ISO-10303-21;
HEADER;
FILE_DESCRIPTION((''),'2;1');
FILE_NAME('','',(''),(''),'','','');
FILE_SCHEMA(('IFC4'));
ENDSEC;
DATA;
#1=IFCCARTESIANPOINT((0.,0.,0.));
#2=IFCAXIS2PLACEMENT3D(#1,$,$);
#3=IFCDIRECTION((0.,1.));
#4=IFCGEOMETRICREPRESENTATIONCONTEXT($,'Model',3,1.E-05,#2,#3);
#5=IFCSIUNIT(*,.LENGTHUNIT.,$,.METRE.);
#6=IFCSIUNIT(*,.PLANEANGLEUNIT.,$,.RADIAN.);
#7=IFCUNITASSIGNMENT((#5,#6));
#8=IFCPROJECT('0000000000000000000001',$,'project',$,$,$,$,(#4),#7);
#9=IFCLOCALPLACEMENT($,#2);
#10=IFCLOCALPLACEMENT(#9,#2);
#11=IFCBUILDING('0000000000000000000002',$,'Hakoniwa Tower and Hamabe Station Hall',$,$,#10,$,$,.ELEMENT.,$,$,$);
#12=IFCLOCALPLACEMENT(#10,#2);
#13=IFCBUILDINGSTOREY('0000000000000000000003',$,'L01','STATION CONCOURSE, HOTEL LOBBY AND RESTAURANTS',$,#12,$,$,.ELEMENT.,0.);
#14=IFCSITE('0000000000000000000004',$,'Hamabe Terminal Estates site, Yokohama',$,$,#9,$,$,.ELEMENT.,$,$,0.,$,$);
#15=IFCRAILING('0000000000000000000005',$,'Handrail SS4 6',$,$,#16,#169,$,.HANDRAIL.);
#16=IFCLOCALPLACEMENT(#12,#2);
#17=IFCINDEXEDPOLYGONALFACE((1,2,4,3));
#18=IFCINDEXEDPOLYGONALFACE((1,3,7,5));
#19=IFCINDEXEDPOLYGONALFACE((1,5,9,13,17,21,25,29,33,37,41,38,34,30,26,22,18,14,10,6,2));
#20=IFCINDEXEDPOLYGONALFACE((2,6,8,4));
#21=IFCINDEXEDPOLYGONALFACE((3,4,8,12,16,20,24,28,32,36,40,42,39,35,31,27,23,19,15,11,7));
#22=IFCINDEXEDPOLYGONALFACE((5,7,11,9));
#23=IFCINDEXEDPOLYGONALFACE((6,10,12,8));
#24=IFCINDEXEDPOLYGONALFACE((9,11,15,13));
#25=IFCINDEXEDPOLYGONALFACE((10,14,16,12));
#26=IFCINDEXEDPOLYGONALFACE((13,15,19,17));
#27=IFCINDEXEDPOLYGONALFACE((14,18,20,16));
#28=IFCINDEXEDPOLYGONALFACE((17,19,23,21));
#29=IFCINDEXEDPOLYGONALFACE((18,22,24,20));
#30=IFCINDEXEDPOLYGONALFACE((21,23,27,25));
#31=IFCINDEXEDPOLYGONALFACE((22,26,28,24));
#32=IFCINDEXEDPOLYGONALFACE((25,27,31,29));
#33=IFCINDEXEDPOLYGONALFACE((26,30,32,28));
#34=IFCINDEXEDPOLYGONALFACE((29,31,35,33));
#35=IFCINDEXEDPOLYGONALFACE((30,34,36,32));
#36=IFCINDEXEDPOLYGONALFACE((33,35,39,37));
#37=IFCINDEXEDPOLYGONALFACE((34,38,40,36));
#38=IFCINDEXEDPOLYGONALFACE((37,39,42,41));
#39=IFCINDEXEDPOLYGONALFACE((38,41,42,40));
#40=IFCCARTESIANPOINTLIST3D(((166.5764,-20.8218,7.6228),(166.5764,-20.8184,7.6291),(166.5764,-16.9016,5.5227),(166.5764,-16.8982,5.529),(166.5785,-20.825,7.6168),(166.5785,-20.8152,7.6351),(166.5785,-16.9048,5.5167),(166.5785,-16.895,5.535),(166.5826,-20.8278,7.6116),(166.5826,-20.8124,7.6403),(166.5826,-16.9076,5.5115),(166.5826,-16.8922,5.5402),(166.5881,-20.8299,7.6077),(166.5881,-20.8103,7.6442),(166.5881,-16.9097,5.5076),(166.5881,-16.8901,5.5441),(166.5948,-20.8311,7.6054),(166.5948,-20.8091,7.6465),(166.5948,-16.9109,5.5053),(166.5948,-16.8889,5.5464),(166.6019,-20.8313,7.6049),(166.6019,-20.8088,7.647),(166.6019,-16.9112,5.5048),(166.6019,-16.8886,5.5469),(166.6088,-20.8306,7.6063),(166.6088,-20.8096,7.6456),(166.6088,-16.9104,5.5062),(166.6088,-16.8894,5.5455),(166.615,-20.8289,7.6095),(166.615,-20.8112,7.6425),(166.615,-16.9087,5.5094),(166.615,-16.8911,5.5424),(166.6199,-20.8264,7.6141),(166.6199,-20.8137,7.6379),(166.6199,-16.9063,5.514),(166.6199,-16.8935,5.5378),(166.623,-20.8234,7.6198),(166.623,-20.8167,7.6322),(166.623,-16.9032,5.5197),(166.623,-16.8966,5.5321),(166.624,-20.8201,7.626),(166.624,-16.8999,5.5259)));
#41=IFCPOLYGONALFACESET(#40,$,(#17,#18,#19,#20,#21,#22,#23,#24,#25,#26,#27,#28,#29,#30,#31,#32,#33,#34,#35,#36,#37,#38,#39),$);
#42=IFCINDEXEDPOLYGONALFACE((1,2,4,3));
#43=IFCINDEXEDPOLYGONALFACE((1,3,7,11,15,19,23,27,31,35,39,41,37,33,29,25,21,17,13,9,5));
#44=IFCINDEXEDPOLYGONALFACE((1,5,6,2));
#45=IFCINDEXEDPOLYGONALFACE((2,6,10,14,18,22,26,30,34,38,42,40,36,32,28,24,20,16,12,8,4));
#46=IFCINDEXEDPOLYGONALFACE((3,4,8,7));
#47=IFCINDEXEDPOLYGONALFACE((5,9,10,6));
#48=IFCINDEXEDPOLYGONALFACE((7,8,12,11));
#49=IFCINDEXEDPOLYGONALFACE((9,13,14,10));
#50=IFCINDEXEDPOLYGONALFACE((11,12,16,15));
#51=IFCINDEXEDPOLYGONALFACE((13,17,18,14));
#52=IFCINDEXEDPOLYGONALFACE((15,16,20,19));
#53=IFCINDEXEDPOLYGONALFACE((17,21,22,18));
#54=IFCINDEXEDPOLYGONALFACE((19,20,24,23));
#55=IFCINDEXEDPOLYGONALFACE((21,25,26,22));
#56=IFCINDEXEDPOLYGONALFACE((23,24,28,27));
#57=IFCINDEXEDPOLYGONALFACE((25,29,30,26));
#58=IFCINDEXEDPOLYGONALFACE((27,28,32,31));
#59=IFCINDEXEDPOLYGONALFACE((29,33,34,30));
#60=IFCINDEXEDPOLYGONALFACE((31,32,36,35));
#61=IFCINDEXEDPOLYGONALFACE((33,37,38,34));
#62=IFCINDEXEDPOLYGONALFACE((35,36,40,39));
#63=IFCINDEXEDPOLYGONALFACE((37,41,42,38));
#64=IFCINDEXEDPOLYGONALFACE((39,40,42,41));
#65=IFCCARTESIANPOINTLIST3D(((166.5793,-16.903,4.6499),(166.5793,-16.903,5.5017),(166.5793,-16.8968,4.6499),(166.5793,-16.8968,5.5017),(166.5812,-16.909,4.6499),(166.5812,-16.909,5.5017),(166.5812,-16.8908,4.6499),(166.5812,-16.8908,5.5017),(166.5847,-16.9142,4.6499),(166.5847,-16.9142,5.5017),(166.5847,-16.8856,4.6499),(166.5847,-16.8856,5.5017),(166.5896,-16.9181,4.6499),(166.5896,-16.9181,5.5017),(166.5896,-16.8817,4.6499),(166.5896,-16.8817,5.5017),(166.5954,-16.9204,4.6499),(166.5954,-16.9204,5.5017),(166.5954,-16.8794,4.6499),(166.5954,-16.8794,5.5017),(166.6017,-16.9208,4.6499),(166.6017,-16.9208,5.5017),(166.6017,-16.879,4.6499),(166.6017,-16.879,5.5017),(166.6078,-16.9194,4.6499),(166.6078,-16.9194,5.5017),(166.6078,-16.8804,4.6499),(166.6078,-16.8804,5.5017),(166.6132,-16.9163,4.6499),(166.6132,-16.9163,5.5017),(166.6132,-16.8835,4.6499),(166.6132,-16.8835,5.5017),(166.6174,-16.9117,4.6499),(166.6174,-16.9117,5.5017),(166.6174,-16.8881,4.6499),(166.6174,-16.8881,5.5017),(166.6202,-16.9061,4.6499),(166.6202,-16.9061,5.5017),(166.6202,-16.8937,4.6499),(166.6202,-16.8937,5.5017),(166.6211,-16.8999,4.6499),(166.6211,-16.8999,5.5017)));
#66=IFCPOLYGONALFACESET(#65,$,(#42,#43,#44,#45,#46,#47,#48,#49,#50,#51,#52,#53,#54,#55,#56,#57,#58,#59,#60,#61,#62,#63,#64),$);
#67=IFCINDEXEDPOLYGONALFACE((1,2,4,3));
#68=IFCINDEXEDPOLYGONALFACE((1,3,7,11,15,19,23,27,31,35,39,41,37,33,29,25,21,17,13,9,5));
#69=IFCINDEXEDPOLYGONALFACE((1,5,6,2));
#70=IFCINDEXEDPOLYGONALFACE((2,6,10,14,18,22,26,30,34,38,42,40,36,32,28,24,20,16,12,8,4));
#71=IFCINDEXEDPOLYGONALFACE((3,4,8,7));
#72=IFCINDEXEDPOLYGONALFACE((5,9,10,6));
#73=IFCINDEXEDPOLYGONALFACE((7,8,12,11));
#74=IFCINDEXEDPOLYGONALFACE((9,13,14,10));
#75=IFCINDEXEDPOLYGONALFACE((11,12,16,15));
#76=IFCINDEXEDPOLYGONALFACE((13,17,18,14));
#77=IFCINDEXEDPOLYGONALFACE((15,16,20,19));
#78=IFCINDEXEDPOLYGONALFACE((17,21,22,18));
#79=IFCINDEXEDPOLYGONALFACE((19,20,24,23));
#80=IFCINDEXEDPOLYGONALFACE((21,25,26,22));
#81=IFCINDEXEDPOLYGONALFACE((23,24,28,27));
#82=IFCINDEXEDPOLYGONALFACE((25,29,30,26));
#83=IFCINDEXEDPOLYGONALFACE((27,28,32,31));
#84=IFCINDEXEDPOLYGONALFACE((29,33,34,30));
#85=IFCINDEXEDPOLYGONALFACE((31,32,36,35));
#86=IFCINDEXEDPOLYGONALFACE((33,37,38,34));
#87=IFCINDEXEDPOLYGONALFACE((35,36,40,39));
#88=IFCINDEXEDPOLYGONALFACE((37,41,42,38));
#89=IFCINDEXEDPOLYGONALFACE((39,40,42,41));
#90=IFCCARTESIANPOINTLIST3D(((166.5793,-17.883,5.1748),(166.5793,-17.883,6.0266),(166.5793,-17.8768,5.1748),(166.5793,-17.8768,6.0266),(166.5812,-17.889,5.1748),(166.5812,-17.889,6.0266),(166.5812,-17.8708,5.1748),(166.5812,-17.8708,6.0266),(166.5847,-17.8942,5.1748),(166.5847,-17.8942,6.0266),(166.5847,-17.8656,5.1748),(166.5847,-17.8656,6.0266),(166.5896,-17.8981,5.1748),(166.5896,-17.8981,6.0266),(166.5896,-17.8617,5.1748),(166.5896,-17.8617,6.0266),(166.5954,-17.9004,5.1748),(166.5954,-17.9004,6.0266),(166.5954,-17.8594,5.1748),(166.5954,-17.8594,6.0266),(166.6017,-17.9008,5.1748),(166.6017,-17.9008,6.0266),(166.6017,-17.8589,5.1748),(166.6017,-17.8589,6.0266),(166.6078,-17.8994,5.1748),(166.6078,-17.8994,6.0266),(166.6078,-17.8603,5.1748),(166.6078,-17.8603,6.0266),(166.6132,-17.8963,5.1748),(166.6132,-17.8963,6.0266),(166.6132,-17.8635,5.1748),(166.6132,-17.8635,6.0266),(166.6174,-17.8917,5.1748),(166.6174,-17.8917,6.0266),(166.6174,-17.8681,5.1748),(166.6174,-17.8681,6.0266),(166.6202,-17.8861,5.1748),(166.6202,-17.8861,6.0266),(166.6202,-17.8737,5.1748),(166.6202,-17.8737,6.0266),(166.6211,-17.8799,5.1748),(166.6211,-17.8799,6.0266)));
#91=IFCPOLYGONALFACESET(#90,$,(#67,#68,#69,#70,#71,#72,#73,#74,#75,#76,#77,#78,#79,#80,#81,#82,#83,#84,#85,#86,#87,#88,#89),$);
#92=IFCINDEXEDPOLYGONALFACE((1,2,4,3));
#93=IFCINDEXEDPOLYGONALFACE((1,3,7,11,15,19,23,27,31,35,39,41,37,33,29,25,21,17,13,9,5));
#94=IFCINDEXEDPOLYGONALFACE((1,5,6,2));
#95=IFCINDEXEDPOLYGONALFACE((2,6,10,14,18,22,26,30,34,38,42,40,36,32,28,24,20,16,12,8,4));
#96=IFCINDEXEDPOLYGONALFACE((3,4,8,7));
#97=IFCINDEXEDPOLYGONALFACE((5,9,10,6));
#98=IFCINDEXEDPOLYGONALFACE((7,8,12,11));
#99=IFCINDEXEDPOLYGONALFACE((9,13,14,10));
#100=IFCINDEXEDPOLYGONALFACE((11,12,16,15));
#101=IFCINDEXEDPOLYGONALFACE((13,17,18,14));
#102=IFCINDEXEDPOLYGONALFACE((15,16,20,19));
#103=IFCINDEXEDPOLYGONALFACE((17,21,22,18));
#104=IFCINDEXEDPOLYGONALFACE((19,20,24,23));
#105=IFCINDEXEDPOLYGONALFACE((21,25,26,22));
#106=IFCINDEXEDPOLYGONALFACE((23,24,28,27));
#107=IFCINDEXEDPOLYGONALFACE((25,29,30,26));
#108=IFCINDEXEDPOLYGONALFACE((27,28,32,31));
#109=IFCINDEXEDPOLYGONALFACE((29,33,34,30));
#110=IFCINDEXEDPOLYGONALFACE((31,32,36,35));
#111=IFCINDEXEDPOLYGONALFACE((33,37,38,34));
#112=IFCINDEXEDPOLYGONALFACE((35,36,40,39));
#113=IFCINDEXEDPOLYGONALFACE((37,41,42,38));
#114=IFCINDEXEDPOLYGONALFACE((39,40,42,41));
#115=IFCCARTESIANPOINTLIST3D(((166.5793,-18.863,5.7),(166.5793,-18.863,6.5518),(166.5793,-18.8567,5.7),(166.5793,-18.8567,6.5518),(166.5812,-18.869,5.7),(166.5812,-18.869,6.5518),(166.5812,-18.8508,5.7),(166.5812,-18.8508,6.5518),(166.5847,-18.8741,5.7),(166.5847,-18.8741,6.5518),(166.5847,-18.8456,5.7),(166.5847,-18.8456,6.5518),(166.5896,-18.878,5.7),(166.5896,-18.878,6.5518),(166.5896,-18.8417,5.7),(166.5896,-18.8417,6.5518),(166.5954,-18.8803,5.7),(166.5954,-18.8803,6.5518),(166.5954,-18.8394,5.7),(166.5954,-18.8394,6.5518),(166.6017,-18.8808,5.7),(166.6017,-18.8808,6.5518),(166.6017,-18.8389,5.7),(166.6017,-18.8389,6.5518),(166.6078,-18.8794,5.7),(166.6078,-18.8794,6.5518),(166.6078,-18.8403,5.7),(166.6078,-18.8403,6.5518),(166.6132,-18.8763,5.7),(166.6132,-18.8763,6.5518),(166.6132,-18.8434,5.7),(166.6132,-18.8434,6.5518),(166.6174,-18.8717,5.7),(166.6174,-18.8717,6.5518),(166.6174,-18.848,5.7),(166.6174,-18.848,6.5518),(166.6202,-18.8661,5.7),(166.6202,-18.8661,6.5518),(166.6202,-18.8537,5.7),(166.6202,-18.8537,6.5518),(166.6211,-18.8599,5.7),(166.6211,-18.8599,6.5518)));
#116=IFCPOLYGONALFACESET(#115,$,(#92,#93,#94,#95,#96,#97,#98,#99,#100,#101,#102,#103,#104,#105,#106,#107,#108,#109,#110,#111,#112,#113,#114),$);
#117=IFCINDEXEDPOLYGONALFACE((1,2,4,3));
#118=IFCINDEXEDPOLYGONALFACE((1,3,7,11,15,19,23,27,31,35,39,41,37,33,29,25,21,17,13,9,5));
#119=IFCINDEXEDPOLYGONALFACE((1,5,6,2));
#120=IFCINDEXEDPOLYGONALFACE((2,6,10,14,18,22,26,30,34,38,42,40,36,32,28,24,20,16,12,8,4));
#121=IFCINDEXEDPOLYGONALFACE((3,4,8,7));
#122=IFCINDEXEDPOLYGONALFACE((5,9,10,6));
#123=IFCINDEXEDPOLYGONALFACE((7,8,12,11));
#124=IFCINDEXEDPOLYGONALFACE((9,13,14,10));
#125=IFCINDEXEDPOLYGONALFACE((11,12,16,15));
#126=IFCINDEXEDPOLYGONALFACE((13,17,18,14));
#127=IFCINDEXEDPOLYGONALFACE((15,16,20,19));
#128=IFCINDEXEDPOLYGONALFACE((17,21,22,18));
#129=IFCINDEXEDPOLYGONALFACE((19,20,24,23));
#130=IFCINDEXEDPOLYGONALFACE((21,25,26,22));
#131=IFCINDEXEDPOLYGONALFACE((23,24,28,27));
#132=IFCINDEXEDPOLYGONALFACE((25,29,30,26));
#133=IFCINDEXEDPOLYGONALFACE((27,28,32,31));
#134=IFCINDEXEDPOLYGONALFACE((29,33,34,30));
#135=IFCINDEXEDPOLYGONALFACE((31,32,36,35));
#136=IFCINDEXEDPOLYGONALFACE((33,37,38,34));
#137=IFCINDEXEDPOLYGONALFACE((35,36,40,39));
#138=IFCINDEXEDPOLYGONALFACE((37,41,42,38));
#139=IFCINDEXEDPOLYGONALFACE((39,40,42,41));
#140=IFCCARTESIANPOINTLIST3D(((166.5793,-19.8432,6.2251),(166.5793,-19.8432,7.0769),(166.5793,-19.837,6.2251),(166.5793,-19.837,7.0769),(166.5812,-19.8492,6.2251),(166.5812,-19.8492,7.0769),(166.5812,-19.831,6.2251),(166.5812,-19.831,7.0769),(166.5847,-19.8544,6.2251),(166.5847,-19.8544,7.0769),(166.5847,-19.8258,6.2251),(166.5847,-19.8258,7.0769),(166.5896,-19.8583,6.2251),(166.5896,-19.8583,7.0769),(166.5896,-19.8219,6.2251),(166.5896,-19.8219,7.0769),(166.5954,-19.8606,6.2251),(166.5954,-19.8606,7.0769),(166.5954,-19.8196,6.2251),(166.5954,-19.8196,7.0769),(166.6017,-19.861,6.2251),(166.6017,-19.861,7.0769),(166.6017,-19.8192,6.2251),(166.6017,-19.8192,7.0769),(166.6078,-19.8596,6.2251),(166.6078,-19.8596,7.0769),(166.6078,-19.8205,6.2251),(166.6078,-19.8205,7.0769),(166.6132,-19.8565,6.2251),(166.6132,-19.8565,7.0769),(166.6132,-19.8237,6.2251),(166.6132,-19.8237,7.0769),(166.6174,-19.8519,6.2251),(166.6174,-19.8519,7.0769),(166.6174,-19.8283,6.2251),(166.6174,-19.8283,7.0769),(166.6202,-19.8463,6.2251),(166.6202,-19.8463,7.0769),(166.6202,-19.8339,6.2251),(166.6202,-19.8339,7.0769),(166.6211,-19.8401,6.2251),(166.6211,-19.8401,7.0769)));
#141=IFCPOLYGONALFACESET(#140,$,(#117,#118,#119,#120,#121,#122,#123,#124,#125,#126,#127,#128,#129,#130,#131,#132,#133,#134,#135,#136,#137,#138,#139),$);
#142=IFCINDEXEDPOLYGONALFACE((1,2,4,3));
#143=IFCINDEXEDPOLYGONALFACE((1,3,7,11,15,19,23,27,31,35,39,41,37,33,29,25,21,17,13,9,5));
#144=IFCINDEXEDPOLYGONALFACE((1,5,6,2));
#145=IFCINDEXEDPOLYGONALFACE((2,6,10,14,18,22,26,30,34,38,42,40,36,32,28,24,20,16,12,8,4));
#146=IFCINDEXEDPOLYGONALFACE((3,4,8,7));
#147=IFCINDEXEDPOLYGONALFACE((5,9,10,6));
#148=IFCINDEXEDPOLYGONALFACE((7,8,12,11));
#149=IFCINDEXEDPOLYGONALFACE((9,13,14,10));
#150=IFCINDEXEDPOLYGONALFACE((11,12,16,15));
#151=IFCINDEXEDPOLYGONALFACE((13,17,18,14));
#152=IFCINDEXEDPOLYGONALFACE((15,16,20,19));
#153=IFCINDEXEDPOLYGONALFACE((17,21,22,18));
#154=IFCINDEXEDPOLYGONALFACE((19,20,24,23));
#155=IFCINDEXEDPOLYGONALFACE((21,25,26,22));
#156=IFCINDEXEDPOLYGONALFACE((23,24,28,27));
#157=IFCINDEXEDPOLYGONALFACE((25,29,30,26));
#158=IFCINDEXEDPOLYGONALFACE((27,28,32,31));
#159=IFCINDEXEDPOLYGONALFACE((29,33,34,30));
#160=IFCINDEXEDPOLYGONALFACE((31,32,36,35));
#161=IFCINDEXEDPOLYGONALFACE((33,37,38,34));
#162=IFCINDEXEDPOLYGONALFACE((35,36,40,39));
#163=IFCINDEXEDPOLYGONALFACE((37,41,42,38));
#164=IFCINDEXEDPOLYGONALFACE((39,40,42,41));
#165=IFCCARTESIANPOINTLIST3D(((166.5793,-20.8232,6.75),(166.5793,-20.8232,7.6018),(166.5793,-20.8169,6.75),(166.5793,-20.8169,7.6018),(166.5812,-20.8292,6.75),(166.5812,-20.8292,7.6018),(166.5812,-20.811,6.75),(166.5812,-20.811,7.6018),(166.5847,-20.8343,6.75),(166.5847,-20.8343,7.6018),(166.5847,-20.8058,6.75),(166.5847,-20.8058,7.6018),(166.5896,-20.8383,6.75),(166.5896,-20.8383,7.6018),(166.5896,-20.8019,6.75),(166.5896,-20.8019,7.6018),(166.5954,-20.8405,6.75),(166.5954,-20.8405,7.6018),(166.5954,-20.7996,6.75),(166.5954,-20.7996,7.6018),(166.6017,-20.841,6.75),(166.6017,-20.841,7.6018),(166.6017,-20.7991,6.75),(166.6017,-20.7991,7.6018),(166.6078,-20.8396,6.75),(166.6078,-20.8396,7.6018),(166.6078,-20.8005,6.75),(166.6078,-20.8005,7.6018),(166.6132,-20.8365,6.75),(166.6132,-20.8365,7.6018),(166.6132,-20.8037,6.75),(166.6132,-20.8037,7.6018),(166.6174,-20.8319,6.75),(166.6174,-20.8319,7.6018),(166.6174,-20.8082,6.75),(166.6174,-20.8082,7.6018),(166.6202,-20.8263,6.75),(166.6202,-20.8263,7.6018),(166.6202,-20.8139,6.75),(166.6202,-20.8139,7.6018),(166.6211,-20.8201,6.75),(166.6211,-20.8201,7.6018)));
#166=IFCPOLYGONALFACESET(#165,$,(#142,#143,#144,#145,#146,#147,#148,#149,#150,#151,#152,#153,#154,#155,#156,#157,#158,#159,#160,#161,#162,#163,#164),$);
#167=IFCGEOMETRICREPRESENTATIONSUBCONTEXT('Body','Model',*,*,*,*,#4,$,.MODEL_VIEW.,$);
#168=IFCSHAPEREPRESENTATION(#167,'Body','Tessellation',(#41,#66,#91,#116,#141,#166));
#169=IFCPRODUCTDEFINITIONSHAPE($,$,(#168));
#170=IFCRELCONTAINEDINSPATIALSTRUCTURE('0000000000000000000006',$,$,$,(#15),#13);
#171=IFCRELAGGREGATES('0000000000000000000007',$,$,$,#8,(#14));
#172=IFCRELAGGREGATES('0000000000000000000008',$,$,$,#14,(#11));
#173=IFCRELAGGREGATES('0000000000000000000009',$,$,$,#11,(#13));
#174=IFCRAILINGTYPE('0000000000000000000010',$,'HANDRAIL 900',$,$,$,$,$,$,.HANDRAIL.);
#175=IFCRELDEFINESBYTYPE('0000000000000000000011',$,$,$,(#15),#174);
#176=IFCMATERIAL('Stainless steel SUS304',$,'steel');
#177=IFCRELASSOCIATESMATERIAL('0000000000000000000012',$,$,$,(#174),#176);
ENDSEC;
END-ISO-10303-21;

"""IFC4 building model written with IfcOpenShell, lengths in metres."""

from ifc_helpers import new_model, si_unit, direction, frame, origin, origin_2d, place, context, subcontext, project, spatial, circle, extrude, material, type_object, element, save


model = new_model("IFC4")

# Units and contexts
model_context = context("Model", 3, precision=1e-05, world=origin(), true_north=direction((0.0, 1.0)))
body_context = subcontext(model_context, "Body", "Model", "MODEL_VIEW")
ifc_project = project(units=[si_unit("LENGTHUNIT", "METRE"), si_unit("PLANEANGLEUNIT", "RADIAN")], contexts=[model_context])

# Site, building, storey
site_placement = place(None, origin())
site = spatial("IfcSite", under=ifc_project, at=site_placement, Name="Hamabe Terminal Estates site, Yokohama", CompositionType="ELEMENT", RefElevation=0.0)
building_placement = place(site_placement, origin())
building = spatial("IfcBuilding", under=site, at=building_placement, Name="Hakoniwa Tower and Hamabe Station Hall", CompositionType="ELEMENT")
storey_placement = place(building_placement, origin())
storey = spatial("IfcBuildingStorey", under=building, at=storey_placement, Name="L01", Description="STATION CONCOURSE, HOTEL LOBBY AND RESTAURANTS", CompositionType="ELEMENT", Elevation=0.0)

# Railing
ifc_material_1 = material(Name="Stainless steel SUS304", Category="steel")
railing_type = type_object("IfcRailingType", Name="HANDRAIL 900", PredefinedType="HANDRAIL", material=ifc_material_1)
for number, where, name in (
    (1, (166.6001, -16.8999, 4.6499), "Handrail SS4 6"),
):
    element("IfcRailing", number, at=place(storey_placement, frame(where)), inside=storey, type_object=railing_type, Name=name, PredefinedType="HANDRAIL", context=body_context, shape_type="SweptSolid", body=[
        extrude(circle(Radius=0.0239, at=origin_2d()), frame((0.0, 0.0, 0.876), z_axis=(0.0, -0.881479, 0.472223), x_axis=(1.0, 0.0, 0.0)), (0.0, 0.0, 1.0), 4.4473),
        extrude(circle(Radius=0.021, at=origin_2d()), origin(), (0.0, 0.0, 1.0), 0.8518),
        extrude(circle(Radius=0.021, at=origin_2d()), frame((0.0, -0.98, 0.5249)), (0.0, 0.0, 1.0), 0.8518),
        extrude(circle(Radius=0.021, at=origin_2d()), frame((0.0, -1.96, 1.05)), (0.0, 0.0, 1.0), 0.8518),
        extrude(circle(Radius=0.021, at=origin_2d()), frame((0.0, -2.9402, 1.5752)), (0.0, 0.0, 1.0), 0.8518),
        extrude(circle(Radius=0.021, at=origin_2d()), frame((0.0, -3.9202, 2.1001)), (0.0, 0.0, 1.0), 0.8518),
    ])

save(model, "model.ifc")
